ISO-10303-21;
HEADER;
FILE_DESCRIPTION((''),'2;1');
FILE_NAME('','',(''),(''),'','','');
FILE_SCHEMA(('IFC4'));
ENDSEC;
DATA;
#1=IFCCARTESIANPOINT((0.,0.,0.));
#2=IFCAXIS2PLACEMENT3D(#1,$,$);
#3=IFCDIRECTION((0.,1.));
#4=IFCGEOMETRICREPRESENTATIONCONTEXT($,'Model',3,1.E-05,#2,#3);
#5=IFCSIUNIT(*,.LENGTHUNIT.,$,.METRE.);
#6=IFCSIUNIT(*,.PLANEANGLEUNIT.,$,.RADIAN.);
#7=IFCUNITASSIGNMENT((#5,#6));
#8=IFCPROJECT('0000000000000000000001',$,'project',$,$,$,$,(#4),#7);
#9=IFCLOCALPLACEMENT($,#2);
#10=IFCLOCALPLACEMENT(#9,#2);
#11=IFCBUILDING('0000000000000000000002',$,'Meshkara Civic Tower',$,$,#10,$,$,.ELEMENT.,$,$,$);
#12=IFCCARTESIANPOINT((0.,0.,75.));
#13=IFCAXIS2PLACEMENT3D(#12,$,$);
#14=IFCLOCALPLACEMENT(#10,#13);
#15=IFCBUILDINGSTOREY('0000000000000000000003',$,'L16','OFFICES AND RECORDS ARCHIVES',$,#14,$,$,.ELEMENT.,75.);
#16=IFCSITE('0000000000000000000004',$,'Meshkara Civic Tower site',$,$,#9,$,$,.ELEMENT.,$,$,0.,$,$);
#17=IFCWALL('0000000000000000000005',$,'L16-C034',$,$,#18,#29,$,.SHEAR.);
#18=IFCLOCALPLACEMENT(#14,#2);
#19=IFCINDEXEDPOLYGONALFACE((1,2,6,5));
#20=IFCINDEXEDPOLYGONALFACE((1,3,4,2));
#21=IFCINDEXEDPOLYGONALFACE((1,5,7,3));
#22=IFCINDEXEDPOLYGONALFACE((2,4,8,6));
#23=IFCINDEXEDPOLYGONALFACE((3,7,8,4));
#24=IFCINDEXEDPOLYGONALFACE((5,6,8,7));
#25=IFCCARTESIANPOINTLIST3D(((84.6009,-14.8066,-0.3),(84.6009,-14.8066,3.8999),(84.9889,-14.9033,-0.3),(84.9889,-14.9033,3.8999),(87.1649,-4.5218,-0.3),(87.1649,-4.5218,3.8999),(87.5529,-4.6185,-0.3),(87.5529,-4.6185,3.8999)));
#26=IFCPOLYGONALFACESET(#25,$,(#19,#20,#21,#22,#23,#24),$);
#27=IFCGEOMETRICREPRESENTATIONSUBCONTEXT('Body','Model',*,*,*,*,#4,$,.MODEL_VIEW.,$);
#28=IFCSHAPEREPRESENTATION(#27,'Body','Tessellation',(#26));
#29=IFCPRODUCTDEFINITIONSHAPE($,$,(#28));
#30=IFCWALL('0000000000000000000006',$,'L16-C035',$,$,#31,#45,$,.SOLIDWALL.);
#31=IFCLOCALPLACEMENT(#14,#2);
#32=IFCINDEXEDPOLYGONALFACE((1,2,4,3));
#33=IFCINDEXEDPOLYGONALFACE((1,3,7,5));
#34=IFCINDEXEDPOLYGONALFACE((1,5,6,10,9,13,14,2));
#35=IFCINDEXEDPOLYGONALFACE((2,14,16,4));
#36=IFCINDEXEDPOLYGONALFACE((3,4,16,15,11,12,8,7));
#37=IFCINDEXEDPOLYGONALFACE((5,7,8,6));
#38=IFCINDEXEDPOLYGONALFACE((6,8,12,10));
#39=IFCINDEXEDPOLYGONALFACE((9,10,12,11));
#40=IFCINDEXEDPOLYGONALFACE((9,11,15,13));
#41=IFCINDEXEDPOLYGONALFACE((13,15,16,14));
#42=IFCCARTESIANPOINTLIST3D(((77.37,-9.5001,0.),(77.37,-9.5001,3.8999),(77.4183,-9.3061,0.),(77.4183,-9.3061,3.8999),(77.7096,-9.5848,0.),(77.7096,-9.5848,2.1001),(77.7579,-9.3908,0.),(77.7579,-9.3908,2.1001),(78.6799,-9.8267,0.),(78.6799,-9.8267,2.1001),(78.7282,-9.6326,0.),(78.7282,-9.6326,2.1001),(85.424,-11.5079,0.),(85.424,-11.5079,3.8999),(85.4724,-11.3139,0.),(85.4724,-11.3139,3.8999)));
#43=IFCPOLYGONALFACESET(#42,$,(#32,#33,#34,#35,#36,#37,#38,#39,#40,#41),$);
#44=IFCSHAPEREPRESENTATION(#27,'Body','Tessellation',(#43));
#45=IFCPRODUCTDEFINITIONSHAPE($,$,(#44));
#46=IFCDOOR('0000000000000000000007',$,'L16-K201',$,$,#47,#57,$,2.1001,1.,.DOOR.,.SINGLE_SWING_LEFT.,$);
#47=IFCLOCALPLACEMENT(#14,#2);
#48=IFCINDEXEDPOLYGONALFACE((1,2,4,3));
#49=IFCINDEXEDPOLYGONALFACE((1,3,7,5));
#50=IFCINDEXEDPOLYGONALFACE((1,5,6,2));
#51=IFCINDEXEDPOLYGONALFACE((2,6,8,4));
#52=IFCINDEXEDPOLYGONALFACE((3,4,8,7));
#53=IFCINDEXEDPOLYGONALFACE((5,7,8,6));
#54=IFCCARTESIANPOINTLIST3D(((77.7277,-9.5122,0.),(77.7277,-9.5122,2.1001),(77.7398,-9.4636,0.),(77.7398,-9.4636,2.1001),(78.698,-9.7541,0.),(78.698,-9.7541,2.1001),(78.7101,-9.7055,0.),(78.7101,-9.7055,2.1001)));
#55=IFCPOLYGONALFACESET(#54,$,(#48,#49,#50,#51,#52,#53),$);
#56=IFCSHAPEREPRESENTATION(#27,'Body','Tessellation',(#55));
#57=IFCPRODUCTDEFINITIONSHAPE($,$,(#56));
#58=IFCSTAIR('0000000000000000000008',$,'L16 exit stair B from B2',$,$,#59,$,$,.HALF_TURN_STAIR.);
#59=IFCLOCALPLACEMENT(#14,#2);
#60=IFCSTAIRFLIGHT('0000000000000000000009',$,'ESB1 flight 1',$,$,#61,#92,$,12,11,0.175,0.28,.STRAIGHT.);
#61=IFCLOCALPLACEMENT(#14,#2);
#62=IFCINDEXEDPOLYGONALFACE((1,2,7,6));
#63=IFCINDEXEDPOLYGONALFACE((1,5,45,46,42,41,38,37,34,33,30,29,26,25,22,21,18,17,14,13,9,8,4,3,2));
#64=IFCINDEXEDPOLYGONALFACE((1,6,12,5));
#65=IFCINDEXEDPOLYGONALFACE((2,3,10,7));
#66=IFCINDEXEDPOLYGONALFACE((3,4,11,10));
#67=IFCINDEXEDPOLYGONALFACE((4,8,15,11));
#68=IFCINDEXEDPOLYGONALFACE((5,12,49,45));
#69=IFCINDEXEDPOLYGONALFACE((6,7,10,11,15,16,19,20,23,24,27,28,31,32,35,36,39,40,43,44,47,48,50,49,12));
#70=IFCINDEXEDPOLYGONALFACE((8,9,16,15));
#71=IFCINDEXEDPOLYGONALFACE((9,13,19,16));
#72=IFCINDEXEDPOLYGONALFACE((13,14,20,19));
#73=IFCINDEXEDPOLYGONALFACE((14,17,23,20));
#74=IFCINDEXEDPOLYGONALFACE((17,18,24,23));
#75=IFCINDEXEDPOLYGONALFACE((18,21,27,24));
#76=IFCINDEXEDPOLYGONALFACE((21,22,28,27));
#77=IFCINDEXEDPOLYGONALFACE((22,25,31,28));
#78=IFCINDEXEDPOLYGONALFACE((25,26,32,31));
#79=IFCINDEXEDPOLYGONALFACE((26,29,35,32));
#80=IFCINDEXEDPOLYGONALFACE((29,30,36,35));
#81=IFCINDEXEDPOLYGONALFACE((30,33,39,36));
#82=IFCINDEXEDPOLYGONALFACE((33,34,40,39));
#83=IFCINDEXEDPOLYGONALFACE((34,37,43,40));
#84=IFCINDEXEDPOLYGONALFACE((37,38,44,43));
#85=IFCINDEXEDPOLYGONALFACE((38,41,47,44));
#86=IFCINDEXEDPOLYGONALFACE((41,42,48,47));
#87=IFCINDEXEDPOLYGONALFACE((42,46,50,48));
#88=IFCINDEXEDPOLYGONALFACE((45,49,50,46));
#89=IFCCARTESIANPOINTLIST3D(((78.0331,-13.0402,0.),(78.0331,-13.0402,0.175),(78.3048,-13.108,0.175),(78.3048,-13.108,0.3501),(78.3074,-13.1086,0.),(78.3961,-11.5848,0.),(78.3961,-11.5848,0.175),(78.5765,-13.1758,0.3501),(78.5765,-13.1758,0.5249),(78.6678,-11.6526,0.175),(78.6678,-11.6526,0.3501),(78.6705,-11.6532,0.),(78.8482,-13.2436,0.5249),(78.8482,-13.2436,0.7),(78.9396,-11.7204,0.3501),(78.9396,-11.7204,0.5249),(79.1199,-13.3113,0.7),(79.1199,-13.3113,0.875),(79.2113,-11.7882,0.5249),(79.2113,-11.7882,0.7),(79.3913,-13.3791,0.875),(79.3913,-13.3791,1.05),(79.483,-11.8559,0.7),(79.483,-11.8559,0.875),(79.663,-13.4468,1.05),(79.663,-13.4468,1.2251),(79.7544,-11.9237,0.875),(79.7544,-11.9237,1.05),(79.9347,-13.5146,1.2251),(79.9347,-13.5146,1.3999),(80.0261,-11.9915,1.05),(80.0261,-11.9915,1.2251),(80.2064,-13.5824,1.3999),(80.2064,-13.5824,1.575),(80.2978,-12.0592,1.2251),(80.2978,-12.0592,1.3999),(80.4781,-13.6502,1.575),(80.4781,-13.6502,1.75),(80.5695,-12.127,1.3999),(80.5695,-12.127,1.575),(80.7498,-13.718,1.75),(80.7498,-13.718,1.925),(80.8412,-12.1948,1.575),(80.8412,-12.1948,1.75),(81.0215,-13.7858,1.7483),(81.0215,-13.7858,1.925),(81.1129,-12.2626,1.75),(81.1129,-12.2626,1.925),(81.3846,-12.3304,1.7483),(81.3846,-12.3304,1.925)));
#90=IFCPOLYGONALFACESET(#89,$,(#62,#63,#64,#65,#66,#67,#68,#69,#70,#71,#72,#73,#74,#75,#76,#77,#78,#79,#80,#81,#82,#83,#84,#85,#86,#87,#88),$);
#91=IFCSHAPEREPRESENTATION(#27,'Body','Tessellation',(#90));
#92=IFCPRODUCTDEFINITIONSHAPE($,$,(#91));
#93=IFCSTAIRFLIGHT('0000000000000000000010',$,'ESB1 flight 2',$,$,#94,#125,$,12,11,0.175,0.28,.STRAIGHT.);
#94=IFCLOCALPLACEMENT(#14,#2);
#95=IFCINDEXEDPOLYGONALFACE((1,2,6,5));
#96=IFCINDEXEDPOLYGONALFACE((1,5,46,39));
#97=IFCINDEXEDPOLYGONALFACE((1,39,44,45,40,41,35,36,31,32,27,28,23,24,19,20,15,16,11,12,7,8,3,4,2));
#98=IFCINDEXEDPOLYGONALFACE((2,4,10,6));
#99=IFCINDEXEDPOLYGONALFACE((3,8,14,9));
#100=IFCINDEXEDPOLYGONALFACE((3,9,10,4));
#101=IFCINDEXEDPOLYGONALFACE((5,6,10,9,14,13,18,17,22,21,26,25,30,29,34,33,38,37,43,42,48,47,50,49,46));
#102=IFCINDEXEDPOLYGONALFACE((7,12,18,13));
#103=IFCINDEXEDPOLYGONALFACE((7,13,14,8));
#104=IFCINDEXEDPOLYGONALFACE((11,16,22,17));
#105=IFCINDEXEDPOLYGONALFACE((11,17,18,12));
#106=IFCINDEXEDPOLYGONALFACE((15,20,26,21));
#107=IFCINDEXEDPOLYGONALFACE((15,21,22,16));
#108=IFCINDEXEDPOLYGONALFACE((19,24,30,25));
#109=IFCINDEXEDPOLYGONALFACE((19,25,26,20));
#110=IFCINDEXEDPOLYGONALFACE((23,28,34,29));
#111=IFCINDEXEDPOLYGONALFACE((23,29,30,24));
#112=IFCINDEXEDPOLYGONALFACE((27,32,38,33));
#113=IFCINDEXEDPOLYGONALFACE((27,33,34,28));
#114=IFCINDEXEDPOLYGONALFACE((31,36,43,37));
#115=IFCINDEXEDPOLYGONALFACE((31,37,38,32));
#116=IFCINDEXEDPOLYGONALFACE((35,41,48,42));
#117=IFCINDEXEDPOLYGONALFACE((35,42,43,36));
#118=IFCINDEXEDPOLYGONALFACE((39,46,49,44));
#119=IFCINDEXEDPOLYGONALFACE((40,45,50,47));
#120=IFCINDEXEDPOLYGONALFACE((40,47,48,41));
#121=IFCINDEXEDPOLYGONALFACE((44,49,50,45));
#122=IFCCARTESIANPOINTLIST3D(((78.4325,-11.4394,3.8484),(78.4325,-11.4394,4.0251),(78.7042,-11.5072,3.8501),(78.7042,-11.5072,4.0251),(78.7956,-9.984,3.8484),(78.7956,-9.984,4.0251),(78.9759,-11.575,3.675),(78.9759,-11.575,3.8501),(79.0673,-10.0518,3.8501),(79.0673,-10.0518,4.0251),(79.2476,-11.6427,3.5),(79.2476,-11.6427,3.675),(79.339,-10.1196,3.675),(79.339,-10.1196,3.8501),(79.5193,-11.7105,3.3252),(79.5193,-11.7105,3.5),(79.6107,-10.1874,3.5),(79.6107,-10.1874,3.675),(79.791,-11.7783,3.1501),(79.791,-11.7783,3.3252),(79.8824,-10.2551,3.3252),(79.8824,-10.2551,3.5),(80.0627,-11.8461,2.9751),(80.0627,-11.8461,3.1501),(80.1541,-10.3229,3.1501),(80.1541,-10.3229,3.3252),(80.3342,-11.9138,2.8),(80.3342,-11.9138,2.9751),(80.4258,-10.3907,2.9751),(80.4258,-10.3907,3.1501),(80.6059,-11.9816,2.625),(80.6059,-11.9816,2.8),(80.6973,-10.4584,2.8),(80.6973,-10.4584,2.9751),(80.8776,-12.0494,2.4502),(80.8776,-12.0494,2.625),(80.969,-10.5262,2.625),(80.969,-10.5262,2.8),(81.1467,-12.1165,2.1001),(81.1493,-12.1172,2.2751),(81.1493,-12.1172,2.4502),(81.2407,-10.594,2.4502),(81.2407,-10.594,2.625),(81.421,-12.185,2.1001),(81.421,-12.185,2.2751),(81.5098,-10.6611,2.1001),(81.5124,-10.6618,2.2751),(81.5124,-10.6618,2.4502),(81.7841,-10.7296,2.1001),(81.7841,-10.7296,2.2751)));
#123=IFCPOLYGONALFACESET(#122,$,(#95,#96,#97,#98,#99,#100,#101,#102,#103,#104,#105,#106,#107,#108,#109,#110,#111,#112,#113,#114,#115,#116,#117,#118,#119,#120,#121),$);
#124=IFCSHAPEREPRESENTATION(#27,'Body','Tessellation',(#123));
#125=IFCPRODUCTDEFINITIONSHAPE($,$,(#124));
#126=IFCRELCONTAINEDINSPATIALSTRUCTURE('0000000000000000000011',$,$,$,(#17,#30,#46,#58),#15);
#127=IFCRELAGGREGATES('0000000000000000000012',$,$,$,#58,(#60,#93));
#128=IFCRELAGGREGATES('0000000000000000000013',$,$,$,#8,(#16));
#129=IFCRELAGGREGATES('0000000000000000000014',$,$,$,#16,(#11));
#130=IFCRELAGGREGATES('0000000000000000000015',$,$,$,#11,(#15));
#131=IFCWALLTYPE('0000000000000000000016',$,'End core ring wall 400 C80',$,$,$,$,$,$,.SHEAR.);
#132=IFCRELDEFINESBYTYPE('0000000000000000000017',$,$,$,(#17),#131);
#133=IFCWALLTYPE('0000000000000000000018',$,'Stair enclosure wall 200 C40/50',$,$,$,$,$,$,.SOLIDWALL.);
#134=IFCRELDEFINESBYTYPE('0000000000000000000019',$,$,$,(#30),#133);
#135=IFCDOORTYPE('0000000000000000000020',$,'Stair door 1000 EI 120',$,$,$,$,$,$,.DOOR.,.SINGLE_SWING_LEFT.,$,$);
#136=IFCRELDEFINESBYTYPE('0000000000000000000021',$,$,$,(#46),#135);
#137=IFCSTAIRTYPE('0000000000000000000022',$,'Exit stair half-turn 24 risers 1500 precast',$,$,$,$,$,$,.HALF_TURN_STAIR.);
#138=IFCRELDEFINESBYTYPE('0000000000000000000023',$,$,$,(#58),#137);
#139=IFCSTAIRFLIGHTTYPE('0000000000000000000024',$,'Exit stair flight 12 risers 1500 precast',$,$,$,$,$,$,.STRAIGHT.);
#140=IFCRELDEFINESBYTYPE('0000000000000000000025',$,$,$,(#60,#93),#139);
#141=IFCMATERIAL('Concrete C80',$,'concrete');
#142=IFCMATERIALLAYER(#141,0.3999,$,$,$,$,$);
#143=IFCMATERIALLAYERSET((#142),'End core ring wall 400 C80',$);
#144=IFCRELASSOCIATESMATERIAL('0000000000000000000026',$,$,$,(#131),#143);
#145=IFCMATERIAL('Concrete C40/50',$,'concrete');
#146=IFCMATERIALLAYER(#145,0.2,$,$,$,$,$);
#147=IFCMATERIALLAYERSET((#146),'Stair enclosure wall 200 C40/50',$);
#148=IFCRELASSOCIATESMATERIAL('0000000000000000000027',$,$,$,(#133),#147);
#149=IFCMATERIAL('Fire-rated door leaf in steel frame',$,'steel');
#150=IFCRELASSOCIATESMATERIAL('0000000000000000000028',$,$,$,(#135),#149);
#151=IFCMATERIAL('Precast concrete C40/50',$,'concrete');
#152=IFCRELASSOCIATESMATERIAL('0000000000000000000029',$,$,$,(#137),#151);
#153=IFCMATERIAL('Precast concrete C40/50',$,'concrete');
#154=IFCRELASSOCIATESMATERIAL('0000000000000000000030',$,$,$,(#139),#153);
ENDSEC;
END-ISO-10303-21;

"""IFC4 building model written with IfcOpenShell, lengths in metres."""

from ifc_helpers import new_model, si_unit, direction, frame, frame_2d, origin, place, context, subcontext, project, spatial, polyline, rectangle, outline, extrude, material, layer, layer_set, type_object, element, fill, aggregate, save


model = new_model("IFC4")

# Units and contexts
model_context = context("Model", 3, precision=1e-05, world=origin(), true_north=direction((0.0, 1.0)))
body_context = subcontext(model_context, "Body", "Model", "MODEL_VIEW")
ifc_project = project(units=[si_unit("LENGTHUNIT", "METRE"), si_unit("PLANEANGLEUNIT", "RADIAN")], contexts=[model_context])

# Site, building, storey
site_placement = place(None, origin())
site = spatial("IfcSite", under=ifc_project, at=site_placement, Name="Meshkara Civic Tower site", CompositionType="ELEMENT", RefElevation=0.0)
building_placement = place(site_placement, origin())
building = spatial("IfcBuilding", under=site, at=building_placement, Name="Meshkara Civic Tower", CompositionType="ELEMENT")
storey_placement = place(building_placement, frame((0.0, 0.0, 75.0)))
storey = spatial("IfcBuildingStorey", under=building, at=storey_placement, Name="L16", Description="OFFICES AND RECORDS ARCHIVES", CompositionType="ELEMENT", Elevation=75.0)

# Shared definitions
ifc_material_1 = material(Name="Concrete C80", Category="concrete")
ifc_layer_1 = layer(ifc_material_1, 0.3999)
ifc_layer_set_1 = layer_set([ifc_layer_1], Name="End core ring wall 400 C80")
wall_type_1 = type_object("IfcWallType", Name="End core ring wall 400 C80", PredefinedType="SHEAR", material=ifc_layer_set_1)

# Wall
wall_1_placement = place(storey_placement, frame((84.7949, -14.855, -0.3), z_axis=(0.0, 0.0, 1.0), x_axis=(0.241891, 0.970304, 0.0)))
element("IfcWall", 1, at=wall_1_placement, inside=storey, type_object=wall_type_1, Name="L16-C034", PredefinedType="SHEAR", context=body_context, shape_type="SweptSolid", body=[
    extrude(rectangle(XDim=10.5996, YDim=0.3999, at=frame_2d((5.2998, 0.0))), origin(), (0.0, 0.0, 1.0), 4.2),
])

# Wall, opening, door
ifc_material_2 = material(Name="Concrete C40/50", Category="concrete")
ifc_layer_2 = layer(ifc_material_2, 0.2)
ifc_layer_set_2 = layer_set([ifc_layer_2], Name="Stair enclosure wall 200 C40/50")
wall_type_2 = type_object("IfcWallType", Name="Stair enclosure wall 200 C40/50", PredefinedType="SOLIDWALL", material=ifc_layer_set_2)
wall_2_placement = place(storey_placement, frame((77.394, -9.4031, 0.0), z_axis=(0.0, 0.0, 1.0), x_axis=(0.970303, -0.241892, 0.0)))
wall_2 = element("IfcWall", 2, at=wall_2_placement, inside=storey, type_object=wall_type_2, Name="L16-C035", PredefinedType="SOLIDWALL", context=body_context, shape_type="SweptSolid", body=[
    extrude(rectangle(XDim=8.3005, YDim=0.2, at=frame_2d((4.1504, 0.0))), origin(), (0.0, 0.0, 1.0), 3.8999),
])
opening_1_placement = place(wall_2_placement, frame((0.3501, 0.0, 0.0)))
opening_1 = element("IfcOpeningElement", 3, at=opening_1_placement, cuts=wall_2, PredefinedType="OPENING", context=body_context, shape_type="SweptSolid", body=[
    extrude(rectangle(XDim=1.0, YDim=2.1001, at=frame_2d((0.5, 1.05))), frame((0.0, 0.1099, 0.0), z_axis=(0.0, -1.0, 0.0), x_axis=(1.0, 0.0, 0.0)), (0.0, 0.0, 1.0), 0.22),
])
ifc_material_3 = material(Name="Fire-rated door leaf in steel frame", Category="steel")
door_type_1 = type_object("IfcDoorType", Name="Stair door 1000 EI 120", OperationType="SINGLE_SWING_LEFT", PredefinedType="DOOR", material=ifc_material_3)
door_1_placement = place(opening_1_placement, origin())
door_1 = element("IfcDoor", 4, at=door_1_placement, inside=storey, type_object=door_type_1, Name="L16-K201", OperationType="SINGLE_SWING_LEFT", OverallHeight=2.1001, OverallWidth=1.0, PredefinedType="DOOR", context=body_context, shape_type="SweptSolid", body=[
    extrude(rectangle(XDim=1.0, YDim=2.1001, at=frame_2d((0.5, 1.05))), frame((0.0, 0.0249, 0.0), z_axis=(0.0, -1.0, 0.0), x_axis=(1.0, 0.0, 0.0)), (0.0, 0.0, 1.0), 0.05),
])
fill(opening_1, door_1)

# Stair, stair flights
ifc_material_4 = material(Name="Precast concrete C40/50", Category="concrete")
stair_type = type_object("IfcStairType", Name="Exit stair half-turn 24 risers 1500 precast", PredefinedType="HALF_TURN_STAIR", material=ifc_material_4)
stair_placement = place(storey_placement, origin())
stair = element("IfcStair", 5, at=stair_placement, inside=storey, type_object=stair_type, Name="L16 exit stair B from B2", PredefinedType="HALF_TURN_STAIR")
ifc_material_5 = material(Name="Precast concrete C40/50", Category="concrete")
stair_flight_type = type_object("IfcStairFlightType", Name="Exit stair flight 12 risers 1500 precast", PredefinedType="STRAIGHT", material=ifc_material_5)
stair_flight_1_placement = place(storey_placement, frame((78.2146, -12.3125, 0.0), z_axis=(0.0, 0.0, 1.0), x_axis=(0.97026, -0.242065, 0.0)))
stair_flight_1 = element("IfcStairFlight", 6, at=stair_flight_1_placement, type_object=stair_flight_type, Name="ESB1 flight 1", NumberOfRisers=12, NumberOfTreads=11, PredefinedType="STRAIGHT", RiserHeight=0.175, TreadLength=0.28, context=body_context, shape_type="SweptSolid", body=[
    extrude(outline(polyline([(0.0, 0.0), (0.0, 0.175), (0.28, 0.175), (0.28, 0.3501), (0.5601, 0.3501), (0.5601, 0.5249), (0.8401, 0.5249), (0.8401, 0.7), (1.1201, 0.7), (1.1201, 0.875), (1.3999, 0.875), (1.3999, 1.05), (1.6799, 1.05), (1.6799, 1.2251), (1.96, 1.2251), (1.96, 1.3999), (2.24, 1.3999), (2.24, 1.575), (2.52, 1.575), (2.52, 1.75), (2.8, 1.75), (2.8, 1.925), (3.0801, 1.925), (3.0801, 2.1001), (3.0801, 1.7483), (0.2827, 0.0), (0.0, 0.0)])), frame((0.0, 0.75, 0.0), z_axis=(0.0, -1.0, 0.0), x_axis=(1.0, 0.0, 0.0)), (0.0, 0.0, 1.0), 1.5),
])
stair_flight_2_placement = place(storey_placement, frame((81.6025, -11.4573, 2.1001), z_axis=(0.0, 0.0, 1.0), x_axis=(-0.97026, 0.242065, 0.0)))
stair_flight_2 = element("IfcStairFlight", 7, at=stair_flight_2_placement, type_object=stair_flight_type, Name="ESB1 flight 2", NumberOfRisers=12, NumberOfTreads=11, PredefinedType="STRAIGHT", RiserHeight=0.175, TreadLength=0.28, context=body_context, shape_type="SweptSolid", body=[
    extrude(outline(polyline([(0.0, 0.0), (0.0, 0.175), (0.28, 0.175), (0.28, 0.3501), (0.5601, 0.3501), (0.5601, 0.5249), (0.8401, 0.5249), (0.8401, 0.7), (1.1201, 0.7), (1.1201, 0.875), (1.3999, 0.875), (1.3999, 1.05), (1.6799, 1.05), (1.6799, 1.2251), (1.96, 1.2251), (1.96, 1.3999), (2.24, 1.3999), (2.24, 1.575), (2.52, 1.575), (2.52, 1.75), (2.8, 1.75), (2.8, 1.925), (3.0801, 1.925), (3.0801, 2.1001), (3.0801, 1.7483), (0.2827, 0.0), (0.0, 0.0)])), frame((0.0, 0.75, 0.0), z_axis=(0.0, -1.0, 0.0), x_axis=(1.0, 0.0, 0.0)), (0.0, 0.0, 1.0), 1.5),
])
aggregate(stair, [stair_flight_1, stair_flight_2])

save(model, "model.ifc")
